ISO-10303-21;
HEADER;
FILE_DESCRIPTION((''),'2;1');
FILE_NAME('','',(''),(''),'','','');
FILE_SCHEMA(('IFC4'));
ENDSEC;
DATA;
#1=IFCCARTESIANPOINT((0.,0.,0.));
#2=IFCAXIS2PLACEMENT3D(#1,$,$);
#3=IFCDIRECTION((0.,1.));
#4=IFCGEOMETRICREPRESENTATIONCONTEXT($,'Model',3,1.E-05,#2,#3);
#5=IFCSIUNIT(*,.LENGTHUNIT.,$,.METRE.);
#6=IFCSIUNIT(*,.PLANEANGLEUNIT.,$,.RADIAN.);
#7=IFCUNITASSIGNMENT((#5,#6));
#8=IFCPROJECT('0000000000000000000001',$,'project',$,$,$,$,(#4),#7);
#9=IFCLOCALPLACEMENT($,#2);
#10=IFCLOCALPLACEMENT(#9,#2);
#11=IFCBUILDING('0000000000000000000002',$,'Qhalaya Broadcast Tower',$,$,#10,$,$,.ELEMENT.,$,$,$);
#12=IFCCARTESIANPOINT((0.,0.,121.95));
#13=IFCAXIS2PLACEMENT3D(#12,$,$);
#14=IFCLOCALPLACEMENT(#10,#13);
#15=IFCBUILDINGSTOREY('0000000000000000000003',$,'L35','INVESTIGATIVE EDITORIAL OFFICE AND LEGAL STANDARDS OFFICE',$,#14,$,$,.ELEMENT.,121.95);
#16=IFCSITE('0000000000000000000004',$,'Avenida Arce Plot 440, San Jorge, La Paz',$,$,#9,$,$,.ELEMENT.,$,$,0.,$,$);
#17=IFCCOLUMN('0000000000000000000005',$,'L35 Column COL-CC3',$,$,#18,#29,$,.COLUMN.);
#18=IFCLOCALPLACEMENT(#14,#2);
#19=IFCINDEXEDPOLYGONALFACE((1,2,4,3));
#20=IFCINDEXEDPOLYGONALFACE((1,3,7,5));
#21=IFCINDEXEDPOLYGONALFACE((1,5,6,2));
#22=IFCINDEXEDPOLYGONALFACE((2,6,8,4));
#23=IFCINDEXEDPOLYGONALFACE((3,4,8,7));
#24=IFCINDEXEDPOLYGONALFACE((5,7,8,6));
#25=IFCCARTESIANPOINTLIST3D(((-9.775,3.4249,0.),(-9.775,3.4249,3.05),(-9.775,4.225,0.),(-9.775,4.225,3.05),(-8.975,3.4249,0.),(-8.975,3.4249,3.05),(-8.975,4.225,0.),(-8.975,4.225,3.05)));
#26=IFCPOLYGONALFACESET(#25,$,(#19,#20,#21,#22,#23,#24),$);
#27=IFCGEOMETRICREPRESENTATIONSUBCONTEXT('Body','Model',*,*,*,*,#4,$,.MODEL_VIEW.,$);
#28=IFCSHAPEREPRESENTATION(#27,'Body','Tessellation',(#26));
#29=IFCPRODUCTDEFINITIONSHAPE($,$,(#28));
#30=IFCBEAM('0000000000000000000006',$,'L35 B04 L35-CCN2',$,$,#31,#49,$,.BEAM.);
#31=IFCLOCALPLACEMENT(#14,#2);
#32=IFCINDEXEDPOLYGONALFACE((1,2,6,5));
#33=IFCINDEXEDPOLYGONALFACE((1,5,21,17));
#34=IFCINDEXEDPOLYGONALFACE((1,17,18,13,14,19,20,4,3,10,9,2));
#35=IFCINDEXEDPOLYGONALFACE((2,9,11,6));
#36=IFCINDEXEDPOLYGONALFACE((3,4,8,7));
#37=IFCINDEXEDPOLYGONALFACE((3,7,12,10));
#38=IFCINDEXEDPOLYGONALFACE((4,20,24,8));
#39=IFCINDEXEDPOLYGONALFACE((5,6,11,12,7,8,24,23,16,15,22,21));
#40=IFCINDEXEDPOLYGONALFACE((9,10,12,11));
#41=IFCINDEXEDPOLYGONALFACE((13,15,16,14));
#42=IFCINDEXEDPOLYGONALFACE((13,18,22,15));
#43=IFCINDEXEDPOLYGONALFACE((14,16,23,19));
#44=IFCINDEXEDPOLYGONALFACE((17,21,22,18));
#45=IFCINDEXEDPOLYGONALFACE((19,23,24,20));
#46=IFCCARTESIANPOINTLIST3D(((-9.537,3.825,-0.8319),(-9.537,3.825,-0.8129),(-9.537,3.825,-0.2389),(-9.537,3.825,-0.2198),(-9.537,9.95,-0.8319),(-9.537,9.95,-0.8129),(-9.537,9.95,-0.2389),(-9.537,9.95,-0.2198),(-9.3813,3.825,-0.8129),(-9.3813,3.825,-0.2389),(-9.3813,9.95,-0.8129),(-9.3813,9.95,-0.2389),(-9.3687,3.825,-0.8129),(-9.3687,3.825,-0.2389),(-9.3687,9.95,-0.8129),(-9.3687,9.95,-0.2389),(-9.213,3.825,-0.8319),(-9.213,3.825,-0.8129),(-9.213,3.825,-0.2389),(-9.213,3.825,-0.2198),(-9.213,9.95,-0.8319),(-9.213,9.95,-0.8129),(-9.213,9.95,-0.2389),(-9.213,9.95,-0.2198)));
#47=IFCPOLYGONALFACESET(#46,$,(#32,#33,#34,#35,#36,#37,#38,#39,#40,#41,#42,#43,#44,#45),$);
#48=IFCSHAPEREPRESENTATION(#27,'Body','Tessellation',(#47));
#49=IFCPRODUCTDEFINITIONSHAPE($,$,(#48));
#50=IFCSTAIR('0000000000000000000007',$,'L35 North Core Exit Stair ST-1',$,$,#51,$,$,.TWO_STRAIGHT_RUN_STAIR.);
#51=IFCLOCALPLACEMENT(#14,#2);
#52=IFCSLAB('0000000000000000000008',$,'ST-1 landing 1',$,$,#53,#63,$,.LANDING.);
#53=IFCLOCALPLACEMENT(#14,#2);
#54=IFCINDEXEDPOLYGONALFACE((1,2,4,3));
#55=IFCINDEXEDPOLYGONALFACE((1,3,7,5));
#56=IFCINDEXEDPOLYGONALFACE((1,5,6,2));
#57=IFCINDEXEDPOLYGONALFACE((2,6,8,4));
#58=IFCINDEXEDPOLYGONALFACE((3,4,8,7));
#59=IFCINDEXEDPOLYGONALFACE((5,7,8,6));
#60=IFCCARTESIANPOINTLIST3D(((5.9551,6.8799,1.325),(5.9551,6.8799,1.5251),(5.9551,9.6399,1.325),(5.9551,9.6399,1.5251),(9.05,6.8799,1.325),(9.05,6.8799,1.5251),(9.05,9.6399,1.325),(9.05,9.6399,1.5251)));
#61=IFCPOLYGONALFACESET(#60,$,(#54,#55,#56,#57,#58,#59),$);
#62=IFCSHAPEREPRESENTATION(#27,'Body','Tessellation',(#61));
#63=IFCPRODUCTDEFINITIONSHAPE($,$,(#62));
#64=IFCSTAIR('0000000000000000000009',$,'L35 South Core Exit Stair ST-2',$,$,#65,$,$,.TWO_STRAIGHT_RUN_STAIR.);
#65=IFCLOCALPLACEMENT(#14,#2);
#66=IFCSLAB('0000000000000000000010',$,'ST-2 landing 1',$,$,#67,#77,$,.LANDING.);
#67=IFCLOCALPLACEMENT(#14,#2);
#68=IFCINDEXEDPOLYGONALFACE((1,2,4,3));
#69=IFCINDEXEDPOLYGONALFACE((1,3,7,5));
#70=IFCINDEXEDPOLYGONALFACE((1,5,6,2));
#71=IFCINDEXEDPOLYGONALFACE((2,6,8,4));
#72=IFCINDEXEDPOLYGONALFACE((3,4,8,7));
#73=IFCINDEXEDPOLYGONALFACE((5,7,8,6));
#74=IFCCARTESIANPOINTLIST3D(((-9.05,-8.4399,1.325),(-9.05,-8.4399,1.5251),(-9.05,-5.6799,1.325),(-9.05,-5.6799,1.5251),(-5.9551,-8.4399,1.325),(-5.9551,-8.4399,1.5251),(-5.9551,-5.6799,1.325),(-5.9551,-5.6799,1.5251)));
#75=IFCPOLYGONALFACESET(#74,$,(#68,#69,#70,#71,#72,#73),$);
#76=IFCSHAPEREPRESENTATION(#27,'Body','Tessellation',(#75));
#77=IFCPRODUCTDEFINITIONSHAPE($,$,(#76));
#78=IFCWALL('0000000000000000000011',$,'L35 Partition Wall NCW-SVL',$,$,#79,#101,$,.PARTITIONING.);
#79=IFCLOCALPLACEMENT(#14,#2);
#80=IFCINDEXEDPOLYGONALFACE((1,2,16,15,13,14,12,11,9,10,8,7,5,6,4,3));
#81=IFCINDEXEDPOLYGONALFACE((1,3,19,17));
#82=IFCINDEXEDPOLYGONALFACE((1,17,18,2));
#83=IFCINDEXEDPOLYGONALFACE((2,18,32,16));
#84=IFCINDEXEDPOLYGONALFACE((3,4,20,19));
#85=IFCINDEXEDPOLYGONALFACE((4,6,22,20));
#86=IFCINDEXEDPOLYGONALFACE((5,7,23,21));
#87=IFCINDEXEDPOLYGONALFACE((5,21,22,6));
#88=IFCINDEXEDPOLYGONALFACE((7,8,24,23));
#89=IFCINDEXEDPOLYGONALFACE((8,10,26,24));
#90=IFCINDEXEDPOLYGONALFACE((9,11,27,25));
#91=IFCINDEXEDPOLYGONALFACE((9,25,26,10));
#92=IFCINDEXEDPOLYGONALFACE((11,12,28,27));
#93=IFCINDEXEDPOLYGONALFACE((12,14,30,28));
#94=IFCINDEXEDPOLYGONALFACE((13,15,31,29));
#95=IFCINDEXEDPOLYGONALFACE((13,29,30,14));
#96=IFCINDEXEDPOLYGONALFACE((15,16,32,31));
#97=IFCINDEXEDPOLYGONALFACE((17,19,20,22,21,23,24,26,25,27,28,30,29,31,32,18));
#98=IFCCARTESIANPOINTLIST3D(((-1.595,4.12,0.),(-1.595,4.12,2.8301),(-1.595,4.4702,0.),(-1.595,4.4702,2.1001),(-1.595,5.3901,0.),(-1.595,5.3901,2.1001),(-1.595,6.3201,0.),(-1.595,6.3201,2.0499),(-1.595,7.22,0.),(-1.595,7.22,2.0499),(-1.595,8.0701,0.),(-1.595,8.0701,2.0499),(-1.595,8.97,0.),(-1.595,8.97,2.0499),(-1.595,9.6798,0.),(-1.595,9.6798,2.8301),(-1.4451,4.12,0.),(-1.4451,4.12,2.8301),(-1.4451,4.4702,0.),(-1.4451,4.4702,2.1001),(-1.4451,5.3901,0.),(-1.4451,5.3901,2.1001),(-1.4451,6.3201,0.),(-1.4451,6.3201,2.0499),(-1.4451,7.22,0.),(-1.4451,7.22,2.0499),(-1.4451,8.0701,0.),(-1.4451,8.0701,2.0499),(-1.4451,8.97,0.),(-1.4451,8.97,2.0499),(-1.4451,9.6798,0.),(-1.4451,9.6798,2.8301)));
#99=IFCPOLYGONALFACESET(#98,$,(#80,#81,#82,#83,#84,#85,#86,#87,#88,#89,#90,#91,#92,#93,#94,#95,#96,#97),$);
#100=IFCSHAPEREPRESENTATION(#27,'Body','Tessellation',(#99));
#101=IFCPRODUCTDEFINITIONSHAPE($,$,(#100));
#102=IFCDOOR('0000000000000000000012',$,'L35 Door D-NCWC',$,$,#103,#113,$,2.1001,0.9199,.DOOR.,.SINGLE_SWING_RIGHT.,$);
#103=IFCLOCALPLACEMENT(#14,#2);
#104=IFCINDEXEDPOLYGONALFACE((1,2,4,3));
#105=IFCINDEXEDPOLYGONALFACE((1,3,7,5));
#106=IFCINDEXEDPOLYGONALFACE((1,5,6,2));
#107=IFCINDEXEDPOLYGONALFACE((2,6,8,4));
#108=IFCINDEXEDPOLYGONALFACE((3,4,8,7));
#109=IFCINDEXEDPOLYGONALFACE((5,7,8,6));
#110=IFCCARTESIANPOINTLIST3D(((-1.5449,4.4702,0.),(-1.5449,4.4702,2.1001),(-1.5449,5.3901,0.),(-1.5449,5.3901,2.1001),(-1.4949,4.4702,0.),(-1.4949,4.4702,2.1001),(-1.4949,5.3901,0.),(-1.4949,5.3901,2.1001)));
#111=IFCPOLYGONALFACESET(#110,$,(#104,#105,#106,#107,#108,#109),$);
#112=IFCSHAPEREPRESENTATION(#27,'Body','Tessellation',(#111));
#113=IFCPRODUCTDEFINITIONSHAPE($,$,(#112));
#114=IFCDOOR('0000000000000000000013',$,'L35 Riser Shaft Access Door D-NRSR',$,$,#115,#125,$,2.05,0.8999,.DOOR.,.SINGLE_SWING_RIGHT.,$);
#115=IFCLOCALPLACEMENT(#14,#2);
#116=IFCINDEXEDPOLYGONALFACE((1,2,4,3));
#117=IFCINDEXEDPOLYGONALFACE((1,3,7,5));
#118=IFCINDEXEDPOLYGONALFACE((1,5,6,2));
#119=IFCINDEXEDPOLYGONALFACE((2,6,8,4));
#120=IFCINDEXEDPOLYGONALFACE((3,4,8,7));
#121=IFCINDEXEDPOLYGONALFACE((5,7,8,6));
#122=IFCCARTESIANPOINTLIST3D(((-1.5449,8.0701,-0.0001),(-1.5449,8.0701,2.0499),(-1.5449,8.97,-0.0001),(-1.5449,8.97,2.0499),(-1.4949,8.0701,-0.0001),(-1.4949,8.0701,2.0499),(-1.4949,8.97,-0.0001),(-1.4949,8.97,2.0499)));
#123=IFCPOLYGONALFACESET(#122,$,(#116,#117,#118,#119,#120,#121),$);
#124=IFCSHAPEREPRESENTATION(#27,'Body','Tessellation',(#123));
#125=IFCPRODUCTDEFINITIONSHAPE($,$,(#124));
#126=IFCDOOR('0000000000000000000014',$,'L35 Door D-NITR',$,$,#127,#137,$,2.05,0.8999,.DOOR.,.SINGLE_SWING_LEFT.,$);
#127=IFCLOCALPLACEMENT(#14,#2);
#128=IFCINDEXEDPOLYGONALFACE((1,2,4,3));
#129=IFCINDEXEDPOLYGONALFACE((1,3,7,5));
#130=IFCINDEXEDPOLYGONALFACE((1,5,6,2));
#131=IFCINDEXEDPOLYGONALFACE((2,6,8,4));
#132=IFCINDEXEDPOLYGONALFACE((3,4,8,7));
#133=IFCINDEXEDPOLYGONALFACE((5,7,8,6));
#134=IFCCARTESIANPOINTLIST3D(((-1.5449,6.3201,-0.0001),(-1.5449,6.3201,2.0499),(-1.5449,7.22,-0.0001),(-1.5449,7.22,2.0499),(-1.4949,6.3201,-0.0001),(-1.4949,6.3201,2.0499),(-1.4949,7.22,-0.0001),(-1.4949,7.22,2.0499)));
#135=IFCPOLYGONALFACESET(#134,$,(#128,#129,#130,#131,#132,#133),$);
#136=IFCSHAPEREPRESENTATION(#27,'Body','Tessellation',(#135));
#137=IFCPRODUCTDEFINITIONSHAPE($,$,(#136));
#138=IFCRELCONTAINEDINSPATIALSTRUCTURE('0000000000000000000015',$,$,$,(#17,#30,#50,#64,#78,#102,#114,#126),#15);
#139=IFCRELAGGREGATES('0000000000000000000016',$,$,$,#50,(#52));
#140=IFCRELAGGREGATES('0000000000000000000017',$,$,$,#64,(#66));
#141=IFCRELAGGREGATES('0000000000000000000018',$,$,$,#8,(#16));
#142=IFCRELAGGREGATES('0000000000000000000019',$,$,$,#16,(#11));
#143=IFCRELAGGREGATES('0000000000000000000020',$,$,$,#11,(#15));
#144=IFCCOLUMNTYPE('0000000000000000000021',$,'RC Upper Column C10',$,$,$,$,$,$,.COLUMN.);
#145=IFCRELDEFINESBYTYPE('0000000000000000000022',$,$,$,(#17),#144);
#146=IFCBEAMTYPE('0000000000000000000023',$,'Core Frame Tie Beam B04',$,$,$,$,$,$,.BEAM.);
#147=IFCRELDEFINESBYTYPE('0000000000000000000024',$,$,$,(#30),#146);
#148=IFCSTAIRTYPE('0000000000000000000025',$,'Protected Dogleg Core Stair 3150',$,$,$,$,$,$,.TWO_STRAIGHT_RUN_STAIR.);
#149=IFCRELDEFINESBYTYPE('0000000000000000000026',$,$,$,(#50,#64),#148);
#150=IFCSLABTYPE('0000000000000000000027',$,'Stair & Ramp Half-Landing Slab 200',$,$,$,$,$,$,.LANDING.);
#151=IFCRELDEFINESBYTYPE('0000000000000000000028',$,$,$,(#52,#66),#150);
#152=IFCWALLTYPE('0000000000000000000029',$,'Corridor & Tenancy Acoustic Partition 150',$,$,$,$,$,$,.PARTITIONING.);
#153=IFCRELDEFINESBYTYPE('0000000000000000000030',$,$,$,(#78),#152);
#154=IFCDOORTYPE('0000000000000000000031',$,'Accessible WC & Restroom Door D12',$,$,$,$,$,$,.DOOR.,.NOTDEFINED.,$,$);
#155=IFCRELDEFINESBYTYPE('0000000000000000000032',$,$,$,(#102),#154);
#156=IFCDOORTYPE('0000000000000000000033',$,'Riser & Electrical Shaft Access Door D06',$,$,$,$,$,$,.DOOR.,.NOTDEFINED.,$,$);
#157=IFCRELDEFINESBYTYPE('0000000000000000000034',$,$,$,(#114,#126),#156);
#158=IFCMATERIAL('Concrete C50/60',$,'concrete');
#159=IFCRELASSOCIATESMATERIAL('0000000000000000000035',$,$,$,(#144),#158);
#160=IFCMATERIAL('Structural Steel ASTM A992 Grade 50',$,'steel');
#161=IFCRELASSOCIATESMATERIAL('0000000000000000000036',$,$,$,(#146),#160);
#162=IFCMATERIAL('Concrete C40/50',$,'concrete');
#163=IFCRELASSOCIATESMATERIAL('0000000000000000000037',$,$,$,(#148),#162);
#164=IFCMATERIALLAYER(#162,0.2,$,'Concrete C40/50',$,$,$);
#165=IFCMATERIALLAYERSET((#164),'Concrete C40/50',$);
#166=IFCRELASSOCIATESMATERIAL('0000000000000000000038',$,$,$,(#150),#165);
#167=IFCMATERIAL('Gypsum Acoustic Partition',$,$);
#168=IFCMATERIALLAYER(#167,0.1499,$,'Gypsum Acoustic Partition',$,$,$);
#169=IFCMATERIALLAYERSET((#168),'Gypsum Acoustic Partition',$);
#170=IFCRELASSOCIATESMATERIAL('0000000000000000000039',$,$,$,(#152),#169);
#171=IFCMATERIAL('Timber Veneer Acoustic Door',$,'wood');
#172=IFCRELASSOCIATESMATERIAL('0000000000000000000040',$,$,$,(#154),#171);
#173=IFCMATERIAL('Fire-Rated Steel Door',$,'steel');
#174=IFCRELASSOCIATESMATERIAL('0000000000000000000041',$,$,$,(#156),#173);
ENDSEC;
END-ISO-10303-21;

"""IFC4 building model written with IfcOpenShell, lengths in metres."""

from ifc_helpers import new_model, si_unit, direction, frame, frame_2d, origin, origin_2d, place, context, subcontext, project, spatial, polyline, rectangle, i_section, outline, extrude, material, layer, layer_set, material_profile, profile_set, type_object, element, fill, aggregate, save


model = new_model("IFC4")

# Units and contexts
model_context = context("Model", 3, precision=1e-05, world=origin(), true_north=direction((0.0, 1.0)))
body_context = subcontext(model_context, "Body", "Model", "MODEL_VIEW")
ifc_project = project(units=[si_unit("LENGTHUNIT", "METRE"), si_unit("PLANEANGLEUNIT", "RADIAN")], contexts=[model_context])

# Site, building, storey
site_placement = place(None, origin())
site = spatial("IfcSite", under=ifc_project, at=site_placement, Name="Avenida Arce Plot 440, San Jorge, La Paz", CompositionType="ELEMENT", RefElevation=0.0)
building_placement = place(site_placement, origin())
building = spatial("IfcBuilding", under=site, at=building_placement, Name="Qhalaya Broadcast Tower", CompositionType="ELEMENT")
storey_placement = place(building_placement, frame((0.0, 0.0, 121.95)))
storey = spatial("IfcBuildingStorey", under=building, at=storey_placement, Name="L35", Description="INVESTIGATIVE EDITORIAL OFFICE AND LEGAL STANDARDS OFFICE", CompositionType="ELEMENT", Elevation=121.95)

# Column
ifc_material_1 = material(Name="Concrete C50/60", Category="concrete")
ifc_material_profile_1 = material_profile(ifc_material_1, rectangle(XDim=0.8, YDim=0.8, at=origin_2d()), Name="RC-COL 800x800")
ifc_profile_set_1 = profile_set([ifc_material_profile_1], Name="Concrete C50/60")
column_type = type_object("IfcColumnType", Name="RC Upper Column C10", PredefinedType="COLUMN", material=ifc_profile_set_1)
column_placement = place(storey_placement, frame((-9.375, 3.825, 0.0), z_axis=(0.0, 0.0, 1.0), x_axis=(1.0, 0.0, 0.0)))
element("IfcColumn", 1, at=column_placement, inside=storey, type_object=column_type, Name="L35 Column COL-CC3", PredefinedType="COLUMN", context=body_context, shape_type="SweptSolid", body=[
    extrude(rectangle(XDim=0.8, YDim=0.8, at=origin_2d()), origin(), (0.0, 0.0, 1.0), 3.05),
])

# Beam
ifc_material_2 = material(Name="Structural Steel ASTM A992 Grade 50", Category="steel")
ifc_material_profile_2 = material_profile(ifc_material_2, i_section(OverallWidth=0.324, OverallDepth=0.6121, WebThickness=0.0127, FlangeThickness=0.019, at=origin_2d()), Name="W24X104")
ifc_profile_set_2 = profile_set([ifc_material_profile_2], Name="Structural Steel ASTM A992 Grade 50")
beam_type = type_object("IfcBeamType", Name="Core Frame Tie Beam B04", PredefinedType="BEAM", material=ifc_profile_set_2)
beam_placement = place(storey_placement, frame((-9.375, 3.825, -0.5259), z_axis=(0.0, 1.0, 0.0), x_axis=(-1.0, 0.0, 0.0)))
element("IfcBeam", 2, at=beam_placement, inside=storey, type_object=beam_type, Name="L35 B04 L35-CCN2", PredefinedType="BEAM", context=body_context, shape_type="SweptSolid", body=[
    extrude(i_section(OverallWidth=0.324, OverallDepth=0.6121, WebThickness=0.0127, FlangeThickness=0.019, at=origin_2d()), origin(), (0.0, 0.0, 1.0), 6.125),
])

# Stairs, slabs
ifc_material_3 = material(Name="Concrete C40/50", Category="concrete")
stair_type = type_object("IfcStairType", Name="Protected Dogleg Core Stair 3150", PredefinedType="TWO_STRAIGHT_RUN_STAIR", material=ifc_material_3)
stair_1_placement = place(storey_placement, origin())
stair_1 = element("IfcStair", 3, at=stair_1_placement, inside=storey, type_object=stair_type, Name="L35 North Core Exit Stair ST-1", PredefinedType="TWO_STRAIGHT_RUN_STAIR")
ifc_layer_1 = layer(ifc_material_3, 0.2, Name="Concrete C40/50")
ifc_layer_set_1 = layer_set([ifc_layer_1], Name="Concrete C40/50")
slab_type = type_object("IfcSlabType", Name="Stair & Ramp Half-Landing Slab 200", PredefinedType="LANDING", material=ifc_layer_set_1)
slab_1_placement = place(storey_placement, frame((0.0, 0.0, 1.325)))
slab_1 = element("IfcSlab", 4, at=slab_1_placement, type_object=slab_type, Name="ST-1 landing 1", PredefinedType="LANDING", context=body_context, shape_type="SweptSolid", body=[
    extrude(outline(polyline([(5.9551, 6.8799), (9.05, 6.8799), (9.05, 9.6399), (5.9551, 9.6399), (5.9551, 6.8799)])), origin(), (0.0, 0.0, 1.0), 0.2002),
])
aggregate(stair_1, [slab_1])
stair_2_placement = place(storey_placement, origin())
stair_2 = element("IfcStair", 5, at=stair_2_placement, inside=storey, type_object=stair_type, Name="L35 South Core Exit Stair ST-2", PredefinedType="TWO_STRAIGHT_RUN_STAIR")
slab_2_placement = place(storey_placement, frame((0.0, 0.0, 1.325)))
slab_2 = element("IfcSlab", 6, at=slab_2_placement, type_object=slab_type, Name="ST-2 landing 1", PredefinedType="LANDING", context=body_context, shape_type="SweptSolid", body=[
    extrude(outline(polyline([(-5.9551, -5.6799), (-9.05, -5.6799), (-9.05, -8.4399), (-5.9551, -8.4399), (-5.9551, -5.6799)])), origin(), (0.0, 0.0, 1.0), 0.2002),
])
aggregate(stair_2, [slab_2])

# Wall, openings, doors
ifc_material_4 = material(Name="Gypsum Acoustic Partition")
ifc_layer_2 = layer(ifc_material_4, 0.1499, Name="Gypsum Acoustic Partition")
ifc_layer_set_2 = layer_set([ifc_layer_2], Name="Gypsum Acoustic Partition")
wall_type_1 = type_object("IfcWallType", Name="Corridor & Tenancy Acoustic Partition 150", PredefinedType="PARTITIONING", material=ifc_layer_set_2)
wall_1_placement = place(storey_placement, frame((-1.52, 4.1201, 0.0), z_axis=(0.0, 0.0, 1.0), x_axis=(0.0, 1.0, 0.0)))
wall_1 = element("IfcWall", 7, at=wall_1_placement, inside=storey, type_object=wall_type_1, Name="L35 Partition Wall NCW-SVL", PredefinedType="PARTITIONING", context=body_context, shape_type="SweptSolid", body=[
    extrude(rectangle(XDim=5.5598, YDim=0.1499, at=frame_2d((2.7798, 0.0))), origin(), (0.0, 0.0, 1.0), 2.8301),
])
opening_1_placement = place(wall_1_placement, frame((3.95, 0.0, 0.0)))
opening_1 = element("IfcOpeningElement", 8, at=opening_1_placement, cuts=wall_1, PredefinedType="OPENING", context=body_context, shape_type="SweptSolid", body=[
    extrude(rectangle(XDim=0.8999, YDim=2.05, at=frame_2d((0.45, 1.0249))), frame((0.0, 0.0869, 0.0), z_axis=(0.0, -1.0, 0.0), x_axis=(1.0, 0.0, 0.0)), (0.0, 0.0, 1.0), 0.1738),
])
opening_2_placement = place(wall_1_placement, frame((2.2, 0.0, 0.0)))
opening_2 = element("IfcOpeningElement", 9, at=opening_2_placement, cuts=wall_1, PredefinedType="OPENING", context=body_context, shape_type="SweptSolid", body=[
    extrude(rectangle(XDim=0.8999, YDim=2.05, at=frame_2d((0.45, 1.0249))), frame((0.0, 0.0869, 0.0), z_axis=(0.0, -1.0, 0.0), x_axis=(1.0, 0.0, 0.0)), (0.0, 0.0, 1.0), 0.1738),
])
opening_3_placement = place(wall_1_placement, frame((0.3501, 0.0, 0.0)))
opening_3 = element("IfcOpeningElement", 10, at=opening_3_placement, cuts=wall_1, PredefinedType="OPENING", context=body_context, shape_type="SweptSolid", body=[
    extrude(rectangle(XDim=0.9199, YDim=2.1001, at=frame_2d((0.46, 1.05))), frame((0.0, 0.0869, 0.0), z_axis=(0.0, -1.0, 0.0), x_axis=(1.0, 0.0, 0.0)), (0.0, 0.0, 1.0), 0.1738),
])
ifc_material_5 = material(Name="Timber Veneer Acoustic Door", Category="wood")
door_type_1 = type_object("IfcDoorType", Name="Accessible WC & Restroom Door D12", OperationType="NOTDEFINED", PredefinedType="DOOR", material=ifc_material_5)
door_1_placement = place(opening_3_placement, origin())
door_1 = element("IfcDoor", 11, at=door_1_placement, inside=storey, type_object=door_type_1, Name="L35 Door D-NCWC", OperationType="SINGLE_SWING_RIGHT", OverallHeight=2.1001, OverallWidth=0.9199, PredefinedType="DOOR", context=body_context, shape_type="SweptSolid", body=[
    extrude(rectangle(XDim=0.9199, YDim=2.1001, at=frame_2d((0.46, 1.05))), frame((0.0, 0.0249, 0.0), z_axis=(0.0, -1.0, 0.0), x_axis=(1.0, 0.0, 0.0)), (0.0, 0.0, 1.0), 0.05),
])
fill(opening_3, door_1)
ifc_material_6 = material(Name="Fire-Rated Steel Door", Category="steel")
door_type_2 = type_object("IfcDoorType", Name="Riser & Electrical Shaft Access Door D06", OperationType="NOTDEFINED", PredefinedType="DOOR", material=ifc_material_6)
door_2_placement = place(opening_1_placement, origin())
door_2 = element("IfcDoor", 12, at=door_2_placement, inside=storey, type_object=door_type_2, Name="L35 Riser Shaft Access Door D-NRSR", OperationType="SINGLE_SWING_RIGHT", OverallHeight=2.05, OverallWidth=0.8999, PredefinedType="DOOR", context=body_context, shape_type="SweptSolid", body=[
    extrude(rectangle(XDim=0.8999, YDim=2.05, at=frame_2d((0.45, 1.0249))), frame((0.0, 0.0249, 0.0), z_axis=(0.0, -1.0, 0.0), x_axis=(1.0, 0.0, 0.0)), (0.0, 0.0, 1.0), 0.05),
])
fill(opening_1, door_2)
door_3_placement = place(opening_2_placement, origin())
door_3 = element("IfcDoor", 13, at=door_3_placement, inside=storey, type_object=door_type_2, Name="L35 Door D-NITR", OperationType="SINGLE_SWING_LEFT", OverallHeight=2.05, OverallWidth=0.8999, PredefinedType="DOOR", context=body_context, shape_type="SweptSolid", body=[
    extrude(rectangle(XDim=0.8999, YDim=2.05, at=frame_2d((0.45, 1.0249))), frame((0.0, 0.0249, 0.0), z_axis=(0.0, -1.0, 0.0), x_axis=(1.0, 0.0, 0.0)), (0.0, 0.0, 1.0), 0.05),
])
fill(opening_2, door_3)

save(model, "model.ifc")
